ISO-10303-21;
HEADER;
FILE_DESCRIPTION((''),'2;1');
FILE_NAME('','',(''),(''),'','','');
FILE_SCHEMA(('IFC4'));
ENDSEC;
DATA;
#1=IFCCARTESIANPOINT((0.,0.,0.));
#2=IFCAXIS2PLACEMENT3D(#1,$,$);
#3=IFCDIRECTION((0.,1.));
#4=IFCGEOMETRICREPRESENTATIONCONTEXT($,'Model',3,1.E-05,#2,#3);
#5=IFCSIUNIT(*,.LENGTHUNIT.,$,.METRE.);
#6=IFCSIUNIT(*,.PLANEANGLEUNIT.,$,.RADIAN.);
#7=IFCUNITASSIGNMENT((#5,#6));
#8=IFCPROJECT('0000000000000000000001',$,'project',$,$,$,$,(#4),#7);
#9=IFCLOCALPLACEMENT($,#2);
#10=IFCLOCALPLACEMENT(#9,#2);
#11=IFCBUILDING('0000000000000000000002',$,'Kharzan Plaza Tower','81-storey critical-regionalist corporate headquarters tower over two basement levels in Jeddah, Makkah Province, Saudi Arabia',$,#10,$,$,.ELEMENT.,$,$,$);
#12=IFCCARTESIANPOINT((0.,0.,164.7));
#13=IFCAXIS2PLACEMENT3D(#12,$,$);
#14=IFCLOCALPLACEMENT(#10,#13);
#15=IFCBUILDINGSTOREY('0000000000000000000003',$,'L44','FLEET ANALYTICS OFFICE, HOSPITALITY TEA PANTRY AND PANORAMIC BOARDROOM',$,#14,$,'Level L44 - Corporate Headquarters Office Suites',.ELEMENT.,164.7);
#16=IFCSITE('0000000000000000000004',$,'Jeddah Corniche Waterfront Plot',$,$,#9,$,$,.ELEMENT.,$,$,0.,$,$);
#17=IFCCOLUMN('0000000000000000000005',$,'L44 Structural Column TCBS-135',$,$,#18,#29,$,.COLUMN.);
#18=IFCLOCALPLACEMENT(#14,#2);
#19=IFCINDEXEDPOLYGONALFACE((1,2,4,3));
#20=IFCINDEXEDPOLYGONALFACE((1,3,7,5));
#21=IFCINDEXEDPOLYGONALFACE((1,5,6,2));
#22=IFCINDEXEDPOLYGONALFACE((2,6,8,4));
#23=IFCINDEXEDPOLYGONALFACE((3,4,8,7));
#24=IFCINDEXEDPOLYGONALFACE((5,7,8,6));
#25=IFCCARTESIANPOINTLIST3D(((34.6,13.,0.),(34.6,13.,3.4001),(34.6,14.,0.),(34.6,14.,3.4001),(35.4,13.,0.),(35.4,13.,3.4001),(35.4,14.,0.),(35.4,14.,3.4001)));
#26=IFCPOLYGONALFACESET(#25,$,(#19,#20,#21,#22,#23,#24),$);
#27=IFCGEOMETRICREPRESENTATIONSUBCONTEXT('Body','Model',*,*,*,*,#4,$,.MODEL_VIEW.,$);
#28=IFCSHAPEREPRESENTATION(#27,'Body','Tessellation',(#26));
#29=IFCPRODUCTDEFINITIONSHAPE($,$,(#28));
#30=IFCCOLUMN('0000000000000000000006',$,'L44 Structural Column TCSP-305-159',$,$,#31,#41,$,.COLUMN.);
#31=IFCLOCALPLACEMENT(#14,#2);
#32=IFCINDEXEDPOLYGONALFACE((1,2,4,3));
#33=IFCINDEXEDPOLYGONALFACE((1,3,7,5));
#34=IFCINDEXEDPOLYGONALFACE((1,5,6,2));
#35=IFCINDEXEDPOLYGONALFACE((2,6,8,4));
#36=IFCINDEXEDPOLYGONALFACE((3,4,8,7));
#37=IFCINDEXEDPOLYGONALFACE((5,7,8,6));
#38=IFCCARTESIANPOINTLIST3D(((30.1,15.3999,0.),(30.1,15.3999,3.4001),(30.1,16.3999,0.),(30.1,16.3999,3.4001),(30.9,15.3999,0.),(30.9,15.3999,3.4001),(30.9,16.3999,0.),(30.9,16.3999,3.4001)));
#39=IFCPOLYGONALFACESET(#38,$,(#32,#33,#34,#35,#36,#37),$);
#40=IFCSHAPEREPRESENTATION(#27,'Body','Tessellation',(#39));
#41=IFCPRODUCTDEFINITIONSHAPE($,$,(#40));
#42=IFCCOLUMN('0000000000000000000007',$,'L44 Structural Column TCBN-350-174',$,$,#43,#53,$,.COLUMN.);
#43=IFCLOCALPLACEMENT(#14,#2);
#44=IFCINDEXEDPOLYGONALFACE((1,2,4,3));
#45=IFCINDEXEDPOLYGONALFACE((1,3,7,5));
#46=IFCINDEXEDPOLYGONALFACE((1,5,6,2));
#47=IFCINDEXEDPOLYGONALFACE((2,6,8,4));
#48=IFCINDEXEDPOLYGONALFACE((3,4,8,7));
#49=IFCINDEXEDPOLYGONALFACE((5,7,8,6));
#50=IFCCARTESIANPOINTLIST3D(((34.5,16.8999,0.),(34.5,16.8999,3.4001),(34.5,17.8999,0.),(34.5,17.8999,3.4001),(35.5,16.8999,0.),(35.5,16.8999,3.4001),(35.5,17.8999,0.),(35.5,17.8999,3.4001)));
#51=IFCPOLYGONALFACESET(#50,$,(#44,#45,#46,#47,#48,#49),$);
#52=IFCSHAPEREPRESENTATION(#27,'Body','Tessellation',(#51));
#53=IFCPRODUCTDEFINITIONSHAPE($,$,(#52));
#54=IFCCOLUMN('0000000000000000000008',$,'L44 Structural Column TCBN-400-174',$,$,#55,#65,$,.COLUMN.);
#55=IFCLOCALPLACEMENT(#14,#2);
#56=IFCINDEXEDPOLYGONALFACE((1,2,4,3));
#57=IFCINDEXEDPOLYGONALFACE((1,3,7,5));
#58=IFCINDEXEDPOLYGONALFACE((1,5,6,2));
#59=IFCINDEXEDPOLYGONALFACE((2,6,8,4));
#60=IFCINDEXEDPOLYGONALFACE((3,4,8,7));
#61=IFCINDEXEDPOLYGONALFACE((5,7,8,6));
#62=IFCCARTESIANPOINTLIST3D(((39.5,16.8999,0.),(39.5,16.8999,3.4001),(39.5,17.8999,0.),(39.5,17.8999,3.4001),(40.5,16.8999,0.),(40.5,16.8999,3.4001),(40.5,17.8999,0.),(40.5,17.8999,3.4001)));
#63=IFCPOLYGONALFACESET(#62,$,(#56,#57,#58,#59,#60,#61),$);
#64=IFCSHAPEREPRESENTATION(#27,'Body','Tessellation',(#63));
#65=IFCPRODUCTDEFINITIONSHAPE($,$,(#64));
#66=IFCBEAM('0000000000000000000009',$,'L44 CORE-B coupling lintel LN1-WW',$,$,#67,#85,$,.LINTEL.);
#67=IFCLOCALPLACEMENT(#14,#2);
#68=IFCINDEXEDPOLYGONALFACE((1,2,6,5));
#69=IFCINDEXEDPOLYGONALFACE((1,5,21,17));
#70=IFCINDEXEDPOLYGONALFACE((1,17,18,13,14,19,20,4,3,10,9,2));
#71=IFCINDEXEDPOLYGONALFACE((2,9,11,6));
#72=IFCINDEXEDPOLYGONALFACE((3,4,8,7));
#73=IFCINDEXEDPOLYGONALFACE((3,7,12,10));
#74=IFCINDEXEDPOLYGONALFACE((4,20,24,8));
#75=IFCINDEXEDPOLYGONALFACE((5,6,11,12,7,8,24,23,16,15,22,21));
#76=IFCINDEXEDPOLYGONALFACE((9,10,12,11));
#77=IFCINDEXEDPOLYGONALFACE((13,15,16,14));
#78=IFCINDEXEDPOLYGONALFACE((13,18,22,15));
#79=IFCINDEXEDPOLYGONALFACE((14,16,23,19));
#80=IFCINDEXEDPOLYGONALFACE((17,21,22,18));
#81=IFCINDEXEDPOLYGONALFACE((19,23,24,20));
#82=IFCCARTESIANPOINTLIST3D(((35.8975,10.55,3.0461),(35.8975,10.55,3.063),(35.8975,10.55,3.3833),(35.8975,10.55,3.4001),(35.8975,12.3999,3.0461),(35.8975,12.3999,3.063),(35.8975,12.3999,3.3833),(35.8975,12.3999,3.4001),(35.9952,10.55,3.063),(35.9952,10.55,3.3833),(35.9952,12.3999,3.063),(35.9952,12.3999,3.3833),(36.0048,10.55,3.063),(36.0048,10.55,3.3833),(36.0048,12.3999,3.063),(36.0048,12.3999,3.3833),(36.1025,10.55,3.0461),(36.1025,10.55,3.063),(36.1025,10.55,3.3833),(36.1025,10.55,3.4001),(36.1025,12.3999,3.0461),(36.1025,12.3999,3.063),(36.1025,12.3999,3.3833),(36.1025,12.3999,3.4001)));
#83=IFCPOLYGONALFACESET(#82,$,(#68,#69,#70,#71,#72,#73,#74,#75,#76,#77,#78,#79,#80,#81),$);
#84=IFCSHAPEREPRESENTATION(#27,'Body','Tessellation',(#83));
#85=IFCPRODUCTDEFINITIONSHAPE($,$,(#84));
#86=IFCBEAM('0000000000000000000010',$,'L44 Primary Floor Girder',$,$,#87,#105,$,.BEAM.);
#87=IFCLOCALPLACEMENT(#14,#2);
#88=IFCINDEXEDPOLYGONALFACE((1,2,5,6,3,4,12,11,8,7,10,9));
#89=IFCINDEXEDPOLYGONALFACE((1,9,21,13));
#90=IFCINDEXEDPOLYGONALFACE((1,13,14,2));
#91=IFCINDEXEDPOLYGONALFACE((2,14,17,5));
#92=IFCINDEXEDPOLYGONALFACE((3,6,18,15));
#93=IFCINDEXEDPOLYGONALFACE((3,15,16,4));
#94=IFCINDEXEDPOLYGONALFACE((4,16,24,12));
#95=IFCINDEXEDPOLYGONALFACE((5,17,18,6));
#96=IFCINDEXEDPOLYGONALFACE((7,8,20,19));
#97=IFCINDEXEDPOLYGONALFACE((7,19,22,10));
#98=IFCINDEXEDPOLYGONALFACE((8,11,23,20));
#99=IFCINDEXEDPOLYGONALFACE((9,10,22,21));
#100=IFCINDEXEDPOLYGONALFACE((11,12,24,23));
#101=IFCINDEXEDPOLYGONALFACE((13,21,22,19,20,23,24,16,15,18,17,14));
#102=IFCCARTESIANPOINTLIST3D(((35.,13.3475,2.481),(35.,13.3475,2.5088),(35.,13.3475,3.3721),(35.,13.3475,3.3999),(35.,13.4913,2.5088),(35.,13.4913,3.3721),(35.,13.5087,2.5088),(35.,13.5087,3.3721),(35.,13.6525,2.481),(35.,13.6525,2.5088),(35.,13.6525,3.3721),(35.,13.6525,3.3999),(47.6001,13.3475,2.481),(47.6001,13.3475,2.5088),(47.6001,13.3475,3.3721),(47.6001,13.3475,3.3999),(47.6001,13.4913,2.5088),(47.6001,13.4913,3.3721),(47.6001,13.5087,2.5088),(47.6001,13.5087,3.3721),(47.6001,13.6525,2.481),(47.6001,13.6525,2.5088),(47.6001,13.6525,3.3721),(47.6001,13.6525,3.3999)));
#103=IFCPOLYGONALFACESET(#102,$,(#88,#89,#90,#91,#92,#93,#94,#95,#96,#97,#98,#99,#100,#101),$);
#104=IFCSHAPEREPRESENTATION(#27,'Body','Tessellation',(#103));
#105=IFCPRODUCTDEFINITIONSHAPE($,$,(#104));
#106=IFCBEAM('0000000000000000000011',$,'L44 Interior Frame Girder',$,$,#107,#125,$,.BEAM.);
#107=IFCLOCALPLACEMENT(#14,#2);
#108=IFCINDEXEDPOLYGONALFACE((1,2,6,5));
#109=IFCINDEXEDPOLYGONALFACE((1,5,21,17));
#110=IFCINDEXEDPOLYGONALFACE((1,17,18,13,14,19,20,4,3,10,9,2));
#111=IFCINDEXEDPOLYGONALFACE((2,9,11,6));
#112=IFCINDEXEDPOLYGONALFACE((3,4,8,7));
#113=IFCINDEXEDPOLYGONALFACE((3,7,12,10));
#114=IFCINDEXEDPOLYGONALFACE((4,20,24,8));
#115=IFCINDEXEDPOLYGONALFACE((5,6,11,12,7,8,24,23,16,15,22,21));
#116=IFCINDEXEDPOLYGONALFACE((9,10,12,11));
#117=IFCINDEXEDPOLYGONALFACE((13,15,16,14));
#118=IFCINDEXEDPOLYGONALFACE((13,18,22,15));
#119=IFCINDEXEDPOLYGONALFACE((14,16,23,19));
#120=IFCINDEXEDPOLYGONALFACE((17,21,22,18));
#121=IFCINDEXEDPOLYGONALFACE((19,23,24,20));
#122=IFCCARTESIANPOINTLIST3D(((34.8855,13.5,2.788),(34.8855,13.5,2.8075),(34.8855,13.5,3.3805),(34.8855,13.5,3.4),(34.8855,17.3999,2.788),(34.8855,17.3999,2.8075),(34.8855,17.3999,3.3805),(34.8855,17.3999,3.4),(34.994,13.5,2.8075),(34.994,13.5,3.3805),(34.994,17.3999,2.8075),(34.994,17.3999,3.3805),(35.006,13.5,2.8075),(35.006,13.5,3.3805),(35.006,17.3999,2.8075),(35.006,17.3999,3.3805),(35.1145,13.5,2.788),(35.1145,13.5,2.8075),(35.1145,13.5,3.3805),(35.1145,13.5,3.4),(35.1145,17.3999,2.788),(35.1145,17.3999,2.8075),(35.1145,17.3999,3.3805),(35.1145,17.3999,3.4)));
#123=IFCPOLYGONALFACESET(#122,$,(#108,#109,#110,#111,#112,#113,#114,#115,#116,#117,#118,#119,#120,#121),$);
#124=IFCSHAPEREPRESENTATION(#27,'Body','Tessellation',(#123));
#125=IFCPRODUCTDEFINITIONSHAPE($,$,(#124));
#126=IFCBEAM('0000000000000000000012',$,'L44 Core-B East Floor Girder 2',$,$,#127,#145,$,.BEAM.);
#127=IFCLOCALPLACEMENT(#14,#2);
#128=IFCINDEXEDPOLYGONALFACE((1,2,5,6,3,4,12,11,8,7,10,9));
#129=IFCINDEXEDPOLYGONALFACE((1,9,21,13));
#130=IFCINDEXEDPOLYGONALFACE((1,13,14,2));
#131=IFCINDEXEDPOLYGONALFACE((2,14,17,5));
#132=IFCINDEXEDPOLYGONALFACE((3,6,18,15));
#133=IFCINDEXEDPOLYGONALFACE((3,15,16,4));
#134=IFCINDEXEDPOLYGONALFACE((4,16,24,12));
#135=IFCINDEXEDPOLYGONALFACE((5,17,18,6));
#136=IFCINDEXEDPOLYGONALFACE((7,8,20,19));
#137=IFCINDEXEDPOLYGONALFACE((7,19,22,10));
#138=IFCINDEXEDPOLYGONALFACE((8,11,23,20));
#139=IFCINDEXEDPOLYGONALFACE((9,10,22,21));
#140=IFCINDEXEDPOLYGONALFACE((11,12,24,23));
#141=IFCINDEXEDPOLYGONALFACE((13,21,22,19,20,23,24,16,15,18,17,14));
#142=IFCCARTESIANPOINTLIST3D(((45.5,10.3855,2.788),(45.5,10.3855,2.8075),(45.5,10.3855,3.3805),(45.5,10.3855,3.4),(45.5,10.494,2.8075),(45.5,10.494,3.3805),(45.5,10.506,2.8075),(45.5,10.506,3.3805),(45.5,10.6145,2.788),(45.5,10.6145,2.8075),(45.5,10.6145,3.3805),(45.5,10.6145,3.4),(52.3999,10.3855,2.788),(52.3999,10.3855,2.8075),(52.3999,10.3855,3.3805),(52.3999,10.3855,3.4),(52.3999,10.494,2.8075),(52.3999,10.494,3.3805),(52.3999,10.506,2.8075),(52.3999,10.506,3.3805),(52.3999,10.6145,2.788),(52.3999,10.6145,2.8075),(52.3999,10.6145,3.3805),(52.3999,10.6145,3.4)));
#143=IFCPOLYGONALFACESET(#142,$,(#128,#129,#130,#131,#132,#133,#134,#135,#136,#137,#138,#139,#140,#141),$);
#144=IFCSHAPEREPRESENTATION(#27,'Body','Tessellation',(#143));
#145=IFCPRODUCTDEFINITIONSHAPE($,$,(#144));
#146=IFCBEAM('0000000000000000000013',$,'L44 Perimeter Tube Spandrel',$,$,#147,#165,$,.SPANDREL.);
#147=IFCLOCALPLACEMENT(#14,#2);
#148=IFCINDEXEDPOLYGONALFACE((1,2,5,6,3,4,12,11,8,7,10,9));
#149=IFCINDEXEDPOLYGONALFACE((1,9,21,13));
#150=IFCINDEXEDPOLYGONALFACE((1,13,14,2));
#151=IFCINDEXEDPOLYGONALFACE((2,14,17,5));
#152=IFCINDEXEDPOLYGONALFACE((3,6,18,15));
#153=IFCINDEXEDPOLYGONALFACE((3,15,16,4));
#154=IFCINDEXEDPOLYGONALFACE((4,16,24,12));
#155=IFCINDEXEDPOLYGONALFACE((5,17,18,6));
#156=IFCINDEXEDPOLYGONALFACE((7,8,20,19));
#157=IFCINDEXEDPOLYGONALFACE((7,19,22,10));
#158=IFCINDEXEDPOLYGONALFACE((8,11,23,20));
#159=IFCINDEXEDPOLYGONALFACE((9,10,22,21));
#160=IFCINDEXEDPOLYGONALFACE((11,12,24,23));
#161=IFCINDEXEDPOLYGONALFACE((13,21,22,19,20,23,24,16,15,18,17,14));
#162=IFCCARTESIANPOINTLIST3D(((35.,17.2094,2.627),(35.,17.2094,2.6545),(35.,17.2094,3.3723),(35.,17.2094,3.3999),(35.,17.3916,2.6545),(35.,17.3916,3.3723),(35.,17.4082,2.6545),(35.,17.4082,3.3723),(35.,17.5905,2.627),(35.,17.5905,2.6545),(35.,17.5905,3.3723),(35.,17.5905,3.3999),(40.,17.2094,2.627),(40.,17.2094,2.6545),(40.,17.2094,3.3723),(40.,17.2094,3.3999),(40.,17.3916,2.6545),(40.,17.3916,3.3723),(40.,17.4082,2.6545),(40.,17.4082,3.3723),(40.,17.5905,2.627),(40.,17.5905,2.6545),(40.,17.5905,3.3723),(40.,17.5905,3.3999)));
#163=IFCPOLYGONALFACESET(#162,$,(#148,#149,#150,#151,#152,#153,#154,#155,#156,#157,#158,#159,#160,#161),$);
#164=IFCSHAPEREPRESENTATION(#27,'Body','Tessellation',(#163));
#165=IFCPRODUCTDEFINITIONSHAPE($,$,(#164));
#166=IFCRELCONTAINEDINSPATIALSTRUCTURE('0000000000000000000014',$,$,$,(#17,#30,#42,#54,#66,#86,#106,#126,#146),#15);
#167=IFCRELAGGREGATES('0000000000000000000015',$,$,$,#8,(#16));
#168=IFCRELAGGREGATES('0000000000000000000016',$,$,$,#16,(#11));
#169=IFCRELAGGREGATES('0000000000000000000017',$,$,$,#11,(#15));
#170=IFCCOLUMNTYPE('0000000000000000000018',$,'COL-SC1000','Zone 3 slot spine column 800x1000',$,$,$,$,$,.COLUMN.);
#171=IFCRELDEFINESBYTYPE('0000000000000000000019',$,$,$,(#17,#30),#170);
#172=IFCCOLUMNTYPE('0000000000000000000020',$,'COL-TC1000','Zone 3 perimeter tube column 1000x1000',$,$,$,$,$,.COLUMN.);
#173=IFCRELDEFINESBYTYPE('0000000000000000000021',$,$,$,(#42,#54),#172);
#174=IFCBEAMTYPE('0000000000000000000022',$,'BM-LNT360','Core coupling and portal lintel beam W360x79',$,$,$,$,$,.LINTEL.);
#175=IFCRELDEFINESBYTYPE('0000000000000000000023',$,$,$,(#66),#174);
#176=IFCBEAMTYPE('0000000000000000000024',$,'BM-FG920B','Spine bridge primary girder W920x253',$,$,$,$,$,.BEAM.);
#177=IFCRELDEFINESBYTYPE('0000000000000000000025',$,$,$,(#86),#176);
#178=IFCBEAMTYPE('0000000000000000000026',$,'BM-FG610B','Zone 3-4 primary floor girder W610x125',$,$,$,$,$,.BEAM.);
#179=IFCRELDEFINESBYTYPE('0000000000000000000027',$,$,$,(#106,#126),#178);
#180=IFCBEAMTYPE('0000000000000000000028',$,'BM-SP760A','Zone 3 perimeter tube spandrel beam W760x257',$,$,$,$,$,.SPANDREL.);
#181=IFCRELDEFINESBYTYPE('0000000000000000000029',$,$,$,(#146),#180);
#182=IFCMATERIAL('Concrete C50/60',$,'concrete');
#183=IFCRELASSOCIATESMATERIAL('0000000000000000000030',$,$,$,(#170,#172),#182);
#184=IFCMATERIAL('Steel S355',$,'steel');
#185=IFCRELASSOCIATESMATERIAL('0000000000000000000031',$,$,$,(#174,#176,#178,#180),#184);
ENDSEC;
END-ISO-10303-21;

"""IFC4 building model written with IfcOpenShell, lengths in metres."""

from ifc_helpers import new_model, si_unit, direction, frame, origin, origin_2d, place, context, subcontext, project, spatial, rectangle, i_section, extrude, source, transform, mapped, material, material_profile, profile_set, type_object, element, save


model = new_model("IFC4")

# Units and contexts
model_context = context("Model", 3, precision=1e-05, world=origin(), true_north=direction((0.0, 1.0)))
body_context = subcontext(model_context, "Body", "Model", "MODEL_VIEW")
ifc_project = project(units=[si_unit("LENGTHUNIT", "METRE"), si_unit("PLANEANGLEUNIT", "RADIAN")], contexts=[model_context])

# Site, building, storey
site_placement = place(None, origin())
site = spatial("IfcSite", under=ifc_project, at=site_placement, Name="Jeddah Corniche Waterfront Plot", CompositionType="ELEMENT", RefElevation=0.0)
building_placement = place(site_placement, origin())
building = spatial("IfcBuilding", under=site, at=building_placement, Name="Kharzan Plaza Tower", Description="81-storey critical-regionalist corporate headquarters tower over two basement levels in Jeddah, Makkah Province, Saudi Arabia", CompositionType="ELEMENT")
storey_placement = place(building_placement, frame((0.0, 0.0, 164.7)))
storey = spatial("IfcBuildingStorey", under=building, at=storey_placement, Name="L44", Description="FLEET ANALYTICS OFFICE, HOSPITALITY TEA PANTRY AND PANORAMIC BOARDROOM", LongName="Level L44 - Corporate Headquarters Office Suites", CompositionType="ELEMENT", Elevation=164.7)

# Columns
ifc_material_1 = material(Name="Concrete C50/60", Category="concrete")
ifc_material_profile_1 = material_profile(ifc_material_1, rectangle(XDim=0.8, YDim=1.0, at=origin_2d()), Name="RC-SC1000x800")
ifc_profile_set_1 = profile_set([ifc_material_profile_1], Name="Concrete C50/60")
column_type_1 = type_object("IfcColumnType", Name="COL-SC1000", Description="Zone 3 slot spine column 800x1000", PredefinedType="COLUMN", material=ifc_profile_set_1)
shared_shape_1 = source(origin(), body_context, "Body", "SweptSolid", [
    extrude(rectangle(XDim=0.8, YDim=1.0, at=origin_2d()), origin(), (0.0, 0.0, 1.0), 3.4001),
])
for number, where, z_axis, x_axis, name in (
    (1, (35.0, 13.5, 0.0), (0.0, 0.0, 1.0), (1.0, 0.0, 0.0), "L44 Structural Column TCBS-135"),
    (2, (30.5, 15.8999, 0.0), (0.0, 0.0, 1.0), (1.0, 0.0, 0.0), "L44 Structural Column TCSP-305-159"),
):
    element("IfcColumn", number, at=place(storey_placement, frame(where, z_axis=z_axis, x_axis=x_axis)), inside=storey, type_object=column_type_1, Name=name, PredefinedType="COLUMN", context=body_context, shape_type="MappedRepresentation", body=[
        mapped(shared_shape_1, transform((0.0, 0.0, 0.0), x_axis=(1.0, 0.0, 0.0), y_axis=(0.0, 1.0, 0.0), z_axis=(0.0, 0.0, 1.0))),
    ])
ifc_material_profile_2 = material_profile(ifc_material_1, rectangle(XDim=1.0, YDim=1.0, at=origin_2d()), Name="RC-TC1000x1000")
ifc_profile_set_2 = profile_set([ifc_material_profile_2], Name="Concrete C50/60")
column_type_2 = type_object("IfcColumnType", Name="COL-TC1000", Description="Zone 3 perimeter tube column 1000x1000", PredefinedType="COLUMN", material=ifc_profile_set_2)
shared_shape_2 = source(origin(), body_context, "Body", "SweptSolid", [
    extrude(rectangle(XDim=1.0, YDim=1.0, at=origin_2d()), origin(), (0.0, 0.0, 1.0), 3.4001),
])
for number, where, z_axis, x_axis, name in (
    (3, (35.0, 17.3999, 0.0), (0.0, 0.0, 1.0), (1.0, 0.0, 0.0), "L44 Structural Column TCBN-350-174"),
    (4, (40.0, 17.3999, 0.0), (0.0, 0.0, 1.0), (1.0, 0.0, 0.0), "L44 Structural Column TCBN-400-174"),
):
    element("IfcColumn", number, at=place(storey_placement, frame(where, z_axis=z_axis, x_axis=x_axis)), inside=storey, type_object=column_type_2, Name=name, PredefinedType="COLUMN", context=body_context, shape_type="MappedRepresentation", body=[
        mapped(shared_shape_2, transform((0.0, 0.0, 0.0), x_axis=(1.0, 0.0, 0.0), y_axis=(0.0, 1.0, 0.0), z_axis=(0.0, 0.0, 1.0))),
    ])

# Beams
ifc_material_2 = material(Name="Steel S355", Category="steel")
ifc_material_profile_3 = material_profile(ifc_material_2, i_section(OverallWidth=0.2051, OverallDepth=0.354, WebThickness=0.0095, FlangeThickness=0.0168, at=origin_2d()), Name="W360x79")
ifc_profile_set_3 = profile_set([ifc_material_profile_3], Name="Steel S355")
beam_type_1 = type_object("IfcBeamType", Name="BM-LNT360", Description="Core coupling and portal lintel beam W360x79", PredefinedType="LINTEL", material=ifc_profile_set_3)
shared_shape_3 = source(origin(), body_context, "Body", "SweptSolid", [
    extrude(i_section(OverallWidth=0.2051, OverallDepth=0.354, WebThickness=0.0095, FlangeThickness=0.0168, at=origin_2d()), origin(), (0.0, 0.0, 1.0), 1.8499),
])
beam_1_placement = place(storey_placement, frame((36.0, 10.55, 3.2231), z_axis=(0.0, 1.0, 0.0), x_axis=(-1.0, 0.0, 0.0)))
element("IfcBeam", 5, at=beam_1_placement, inside=storey, type_object=beam_type_1, Name="L44 CORE-B coupling lintel LN1-WW", PredefinedType="LINTEL", context=body_context, shape_type="MappedRepresentation", body=[
    mapped(shared_shape_3, transform((0.0, 0.0, 0.0), x_axis=(1.0, 0.0, 0.0), y_axis=(0.0, 1.0, 0.0), z_axis=(0.0, 0.0, 1.0))),
])
ifc_material_profile_4 = material_profile(ifc_material_2, i_section(OverallWidth=0.3049, OverallDepth=0.9189, WebThickness=0.0173, FlangeThickness=0.0278, at=origin_2d()), Name="W920x253")
ifc_profile_set_4 = profile_set([ifc_material_profile_4], Name="Steel S355")
beam_type_2 = type_object("IfcBeamType", Name="BM-FG920B", Description="Spine bridge primary girder W920x253", PredefinedType="BEAM", material=ifc_profile_set_4)
shared_shape_4 = source(origin(), body_context, "Body", "SweptSolid", [
    extrude(i_section(OverallWidth=0.3049, OverallDepth=0.9189, WebThickness=0.0173, FlangeThickness=0.0278, at=origin_2d()), origin(), (0.0, 0.0, 1.0), 12.6001),
])
beam_2_placement = place(storey_placement, frame((35.0, 13.5, 2.9404), z_axis=(1.0, 0.0, 0.0), x_axis=(0.0, 1.0, 0.0)))
element("IfcBeam", 6, at=beam_2_placement, inside=storey, type_object=beam_type_2, Name="L44 Primary Floor Girder", PredefinedType="BEAM", context=body_context, shape_type="MappedRepresentation", body=[
    mapped(shared_shape_4, transform((0.0, 0.0, 0.0), x_axis=(1.0, 0.0, 0.0), y_axis=(0.0, 1.0, 0.0), z_axis=(0.0, 0.0, 1.0))),
])
ifc_material_profile_5 = material_profile(ifc_material_2, i_section(OverallWidth=0.229, OverallDepth=0.6121, WebThickness=0.012, FlangeThickness=0.0195, at=origin_2d()), Name="W610x125")
ifc_profile_set_5 = profile_set([ifc_material_profile_5], Name="Steel S355")
beam_type_3 = type_object("IfcBeamType", Name="BM-FG610B", Description="Zone 3-4 primary floor girder W610x125", PredefinedType="BEAM", material=ifc_profile_set_5)
shared_shape_5 = source(origin(), body_context, "Body", "SweptSolid", [
    extrude(i_section(OverallWidth=0.229, OverallDepth=0.6121, WebThickness=0.012, FlangeThickness=0.0195, at=origin_2d()), origin(), (0.0, 0.0, 1.0), 3.8999),
])
beam_3_placement = place(storey_placement, frame((35.0, 13.5, 3.094), z_axis=(0.0, 1.0, 0.0), x_axis=(-1.0, 0.0, 0.0)))
element("IfcBeam", 7, at=beam_3_placement, inside=storey, type_object=beam_type_3, Name="L44 Interior Frame Girder", PredefinedType="BEAM", context=body_context, shape_type="MappedRepresentation", body=[
    mapped(shared_shape_5, transform((0.0, 0.0, 0.0), x_axis=(1.0, 0.0, 0.0), y_axis=(0.0, 1.0, 0.0), z_axis=(0.0, 0.0, 1.0))),
])
shared_shape_6 = source(origin(), body_context, "Body", "SweptSolid", [
    extrude(i_section(OverallWidth=0.229, OverallDepth=0.6121, WebThickness=0.012, FlangeThickness=0.0195, at=origin_2d()), origin(), (0.0, 0.0, 1.0), 6.8999),
])
beam_4_placement = place(storey_placement, frame((45.5, 10.5, 3.094), z_axis=(1.0, 0.0, 0.0), x_axis=(0.0, 1.0, 0.0)))
element("IfcBeam", 8, at=beam_4_placement, inside=storey, type_object=beam_type_3, Name="L44 Core-B East Floor Girder 2", PredefinedType="BEAM", context=body_context, shape_type="MappedRepresentation", body=[
    mapped(shared_shape_6, transform((0.0, 0.0, 0.0), x_axis=(1.0, 0.0, 0.0), y_axis=(0.0, 1.0, 0.0), z_axis=(0.0, 0.0, 1.0))),
])
ifc_material_profile_6 = material_profile(ifc_material_2, i_section(OverallWidth=0.3811, OverallDepth=0.7729, WebThickness=0.0166, FlangeThickness=0.0276, at=origin_2d()), Name="W760x257")
ifc_profile_set_6 = profile_set([ifc_material_profile_6], Name="Steel S355")
beam_type_4 = type_object("IfcBeamType", Name="BM-SP760A", Description="Zone 3 perimeter tube spandrel beam W760x257", PredefinedType="SPANDREL", material=ifc_profile_set_6)
shared_shape_7 = source(origin(), body_context, "Body", "SweptSolid", [
    extrude(i_section(OverallWidth=0.3811, OverallDepth=0.7729, WebThickness=0.0166, FlangeThickness=0.0276, at=origin_2d()), origin(), (0.0, 0.0, 1.0), 5.0),
])
beam_5_placement = place(storey_placement, frame((35.0, 17.3999, 3.0134), z_axis=(1.0, 0.0, 0.0), x_axis=(0.0, 1.0, 0.0)))
element("IfcBeam", 9, at=beam_5_placement, inside=storey, type_object=beam_type_4, Name="L44 Perimeter Tube Spandrel", PredefinedType="SPANDREL", context=body_context, shape_type="MappedRepresentation", body=[
    mapped(shared_shape_7, transform((0.0, 0.0, 0.0), x_axis=(1.0, 0.0, 0.0), y_axis=(0.0, 1.0, 0.0), z_axis=(0.0, 0.0, 1.0))),
])

save(model, "model.ifc")
